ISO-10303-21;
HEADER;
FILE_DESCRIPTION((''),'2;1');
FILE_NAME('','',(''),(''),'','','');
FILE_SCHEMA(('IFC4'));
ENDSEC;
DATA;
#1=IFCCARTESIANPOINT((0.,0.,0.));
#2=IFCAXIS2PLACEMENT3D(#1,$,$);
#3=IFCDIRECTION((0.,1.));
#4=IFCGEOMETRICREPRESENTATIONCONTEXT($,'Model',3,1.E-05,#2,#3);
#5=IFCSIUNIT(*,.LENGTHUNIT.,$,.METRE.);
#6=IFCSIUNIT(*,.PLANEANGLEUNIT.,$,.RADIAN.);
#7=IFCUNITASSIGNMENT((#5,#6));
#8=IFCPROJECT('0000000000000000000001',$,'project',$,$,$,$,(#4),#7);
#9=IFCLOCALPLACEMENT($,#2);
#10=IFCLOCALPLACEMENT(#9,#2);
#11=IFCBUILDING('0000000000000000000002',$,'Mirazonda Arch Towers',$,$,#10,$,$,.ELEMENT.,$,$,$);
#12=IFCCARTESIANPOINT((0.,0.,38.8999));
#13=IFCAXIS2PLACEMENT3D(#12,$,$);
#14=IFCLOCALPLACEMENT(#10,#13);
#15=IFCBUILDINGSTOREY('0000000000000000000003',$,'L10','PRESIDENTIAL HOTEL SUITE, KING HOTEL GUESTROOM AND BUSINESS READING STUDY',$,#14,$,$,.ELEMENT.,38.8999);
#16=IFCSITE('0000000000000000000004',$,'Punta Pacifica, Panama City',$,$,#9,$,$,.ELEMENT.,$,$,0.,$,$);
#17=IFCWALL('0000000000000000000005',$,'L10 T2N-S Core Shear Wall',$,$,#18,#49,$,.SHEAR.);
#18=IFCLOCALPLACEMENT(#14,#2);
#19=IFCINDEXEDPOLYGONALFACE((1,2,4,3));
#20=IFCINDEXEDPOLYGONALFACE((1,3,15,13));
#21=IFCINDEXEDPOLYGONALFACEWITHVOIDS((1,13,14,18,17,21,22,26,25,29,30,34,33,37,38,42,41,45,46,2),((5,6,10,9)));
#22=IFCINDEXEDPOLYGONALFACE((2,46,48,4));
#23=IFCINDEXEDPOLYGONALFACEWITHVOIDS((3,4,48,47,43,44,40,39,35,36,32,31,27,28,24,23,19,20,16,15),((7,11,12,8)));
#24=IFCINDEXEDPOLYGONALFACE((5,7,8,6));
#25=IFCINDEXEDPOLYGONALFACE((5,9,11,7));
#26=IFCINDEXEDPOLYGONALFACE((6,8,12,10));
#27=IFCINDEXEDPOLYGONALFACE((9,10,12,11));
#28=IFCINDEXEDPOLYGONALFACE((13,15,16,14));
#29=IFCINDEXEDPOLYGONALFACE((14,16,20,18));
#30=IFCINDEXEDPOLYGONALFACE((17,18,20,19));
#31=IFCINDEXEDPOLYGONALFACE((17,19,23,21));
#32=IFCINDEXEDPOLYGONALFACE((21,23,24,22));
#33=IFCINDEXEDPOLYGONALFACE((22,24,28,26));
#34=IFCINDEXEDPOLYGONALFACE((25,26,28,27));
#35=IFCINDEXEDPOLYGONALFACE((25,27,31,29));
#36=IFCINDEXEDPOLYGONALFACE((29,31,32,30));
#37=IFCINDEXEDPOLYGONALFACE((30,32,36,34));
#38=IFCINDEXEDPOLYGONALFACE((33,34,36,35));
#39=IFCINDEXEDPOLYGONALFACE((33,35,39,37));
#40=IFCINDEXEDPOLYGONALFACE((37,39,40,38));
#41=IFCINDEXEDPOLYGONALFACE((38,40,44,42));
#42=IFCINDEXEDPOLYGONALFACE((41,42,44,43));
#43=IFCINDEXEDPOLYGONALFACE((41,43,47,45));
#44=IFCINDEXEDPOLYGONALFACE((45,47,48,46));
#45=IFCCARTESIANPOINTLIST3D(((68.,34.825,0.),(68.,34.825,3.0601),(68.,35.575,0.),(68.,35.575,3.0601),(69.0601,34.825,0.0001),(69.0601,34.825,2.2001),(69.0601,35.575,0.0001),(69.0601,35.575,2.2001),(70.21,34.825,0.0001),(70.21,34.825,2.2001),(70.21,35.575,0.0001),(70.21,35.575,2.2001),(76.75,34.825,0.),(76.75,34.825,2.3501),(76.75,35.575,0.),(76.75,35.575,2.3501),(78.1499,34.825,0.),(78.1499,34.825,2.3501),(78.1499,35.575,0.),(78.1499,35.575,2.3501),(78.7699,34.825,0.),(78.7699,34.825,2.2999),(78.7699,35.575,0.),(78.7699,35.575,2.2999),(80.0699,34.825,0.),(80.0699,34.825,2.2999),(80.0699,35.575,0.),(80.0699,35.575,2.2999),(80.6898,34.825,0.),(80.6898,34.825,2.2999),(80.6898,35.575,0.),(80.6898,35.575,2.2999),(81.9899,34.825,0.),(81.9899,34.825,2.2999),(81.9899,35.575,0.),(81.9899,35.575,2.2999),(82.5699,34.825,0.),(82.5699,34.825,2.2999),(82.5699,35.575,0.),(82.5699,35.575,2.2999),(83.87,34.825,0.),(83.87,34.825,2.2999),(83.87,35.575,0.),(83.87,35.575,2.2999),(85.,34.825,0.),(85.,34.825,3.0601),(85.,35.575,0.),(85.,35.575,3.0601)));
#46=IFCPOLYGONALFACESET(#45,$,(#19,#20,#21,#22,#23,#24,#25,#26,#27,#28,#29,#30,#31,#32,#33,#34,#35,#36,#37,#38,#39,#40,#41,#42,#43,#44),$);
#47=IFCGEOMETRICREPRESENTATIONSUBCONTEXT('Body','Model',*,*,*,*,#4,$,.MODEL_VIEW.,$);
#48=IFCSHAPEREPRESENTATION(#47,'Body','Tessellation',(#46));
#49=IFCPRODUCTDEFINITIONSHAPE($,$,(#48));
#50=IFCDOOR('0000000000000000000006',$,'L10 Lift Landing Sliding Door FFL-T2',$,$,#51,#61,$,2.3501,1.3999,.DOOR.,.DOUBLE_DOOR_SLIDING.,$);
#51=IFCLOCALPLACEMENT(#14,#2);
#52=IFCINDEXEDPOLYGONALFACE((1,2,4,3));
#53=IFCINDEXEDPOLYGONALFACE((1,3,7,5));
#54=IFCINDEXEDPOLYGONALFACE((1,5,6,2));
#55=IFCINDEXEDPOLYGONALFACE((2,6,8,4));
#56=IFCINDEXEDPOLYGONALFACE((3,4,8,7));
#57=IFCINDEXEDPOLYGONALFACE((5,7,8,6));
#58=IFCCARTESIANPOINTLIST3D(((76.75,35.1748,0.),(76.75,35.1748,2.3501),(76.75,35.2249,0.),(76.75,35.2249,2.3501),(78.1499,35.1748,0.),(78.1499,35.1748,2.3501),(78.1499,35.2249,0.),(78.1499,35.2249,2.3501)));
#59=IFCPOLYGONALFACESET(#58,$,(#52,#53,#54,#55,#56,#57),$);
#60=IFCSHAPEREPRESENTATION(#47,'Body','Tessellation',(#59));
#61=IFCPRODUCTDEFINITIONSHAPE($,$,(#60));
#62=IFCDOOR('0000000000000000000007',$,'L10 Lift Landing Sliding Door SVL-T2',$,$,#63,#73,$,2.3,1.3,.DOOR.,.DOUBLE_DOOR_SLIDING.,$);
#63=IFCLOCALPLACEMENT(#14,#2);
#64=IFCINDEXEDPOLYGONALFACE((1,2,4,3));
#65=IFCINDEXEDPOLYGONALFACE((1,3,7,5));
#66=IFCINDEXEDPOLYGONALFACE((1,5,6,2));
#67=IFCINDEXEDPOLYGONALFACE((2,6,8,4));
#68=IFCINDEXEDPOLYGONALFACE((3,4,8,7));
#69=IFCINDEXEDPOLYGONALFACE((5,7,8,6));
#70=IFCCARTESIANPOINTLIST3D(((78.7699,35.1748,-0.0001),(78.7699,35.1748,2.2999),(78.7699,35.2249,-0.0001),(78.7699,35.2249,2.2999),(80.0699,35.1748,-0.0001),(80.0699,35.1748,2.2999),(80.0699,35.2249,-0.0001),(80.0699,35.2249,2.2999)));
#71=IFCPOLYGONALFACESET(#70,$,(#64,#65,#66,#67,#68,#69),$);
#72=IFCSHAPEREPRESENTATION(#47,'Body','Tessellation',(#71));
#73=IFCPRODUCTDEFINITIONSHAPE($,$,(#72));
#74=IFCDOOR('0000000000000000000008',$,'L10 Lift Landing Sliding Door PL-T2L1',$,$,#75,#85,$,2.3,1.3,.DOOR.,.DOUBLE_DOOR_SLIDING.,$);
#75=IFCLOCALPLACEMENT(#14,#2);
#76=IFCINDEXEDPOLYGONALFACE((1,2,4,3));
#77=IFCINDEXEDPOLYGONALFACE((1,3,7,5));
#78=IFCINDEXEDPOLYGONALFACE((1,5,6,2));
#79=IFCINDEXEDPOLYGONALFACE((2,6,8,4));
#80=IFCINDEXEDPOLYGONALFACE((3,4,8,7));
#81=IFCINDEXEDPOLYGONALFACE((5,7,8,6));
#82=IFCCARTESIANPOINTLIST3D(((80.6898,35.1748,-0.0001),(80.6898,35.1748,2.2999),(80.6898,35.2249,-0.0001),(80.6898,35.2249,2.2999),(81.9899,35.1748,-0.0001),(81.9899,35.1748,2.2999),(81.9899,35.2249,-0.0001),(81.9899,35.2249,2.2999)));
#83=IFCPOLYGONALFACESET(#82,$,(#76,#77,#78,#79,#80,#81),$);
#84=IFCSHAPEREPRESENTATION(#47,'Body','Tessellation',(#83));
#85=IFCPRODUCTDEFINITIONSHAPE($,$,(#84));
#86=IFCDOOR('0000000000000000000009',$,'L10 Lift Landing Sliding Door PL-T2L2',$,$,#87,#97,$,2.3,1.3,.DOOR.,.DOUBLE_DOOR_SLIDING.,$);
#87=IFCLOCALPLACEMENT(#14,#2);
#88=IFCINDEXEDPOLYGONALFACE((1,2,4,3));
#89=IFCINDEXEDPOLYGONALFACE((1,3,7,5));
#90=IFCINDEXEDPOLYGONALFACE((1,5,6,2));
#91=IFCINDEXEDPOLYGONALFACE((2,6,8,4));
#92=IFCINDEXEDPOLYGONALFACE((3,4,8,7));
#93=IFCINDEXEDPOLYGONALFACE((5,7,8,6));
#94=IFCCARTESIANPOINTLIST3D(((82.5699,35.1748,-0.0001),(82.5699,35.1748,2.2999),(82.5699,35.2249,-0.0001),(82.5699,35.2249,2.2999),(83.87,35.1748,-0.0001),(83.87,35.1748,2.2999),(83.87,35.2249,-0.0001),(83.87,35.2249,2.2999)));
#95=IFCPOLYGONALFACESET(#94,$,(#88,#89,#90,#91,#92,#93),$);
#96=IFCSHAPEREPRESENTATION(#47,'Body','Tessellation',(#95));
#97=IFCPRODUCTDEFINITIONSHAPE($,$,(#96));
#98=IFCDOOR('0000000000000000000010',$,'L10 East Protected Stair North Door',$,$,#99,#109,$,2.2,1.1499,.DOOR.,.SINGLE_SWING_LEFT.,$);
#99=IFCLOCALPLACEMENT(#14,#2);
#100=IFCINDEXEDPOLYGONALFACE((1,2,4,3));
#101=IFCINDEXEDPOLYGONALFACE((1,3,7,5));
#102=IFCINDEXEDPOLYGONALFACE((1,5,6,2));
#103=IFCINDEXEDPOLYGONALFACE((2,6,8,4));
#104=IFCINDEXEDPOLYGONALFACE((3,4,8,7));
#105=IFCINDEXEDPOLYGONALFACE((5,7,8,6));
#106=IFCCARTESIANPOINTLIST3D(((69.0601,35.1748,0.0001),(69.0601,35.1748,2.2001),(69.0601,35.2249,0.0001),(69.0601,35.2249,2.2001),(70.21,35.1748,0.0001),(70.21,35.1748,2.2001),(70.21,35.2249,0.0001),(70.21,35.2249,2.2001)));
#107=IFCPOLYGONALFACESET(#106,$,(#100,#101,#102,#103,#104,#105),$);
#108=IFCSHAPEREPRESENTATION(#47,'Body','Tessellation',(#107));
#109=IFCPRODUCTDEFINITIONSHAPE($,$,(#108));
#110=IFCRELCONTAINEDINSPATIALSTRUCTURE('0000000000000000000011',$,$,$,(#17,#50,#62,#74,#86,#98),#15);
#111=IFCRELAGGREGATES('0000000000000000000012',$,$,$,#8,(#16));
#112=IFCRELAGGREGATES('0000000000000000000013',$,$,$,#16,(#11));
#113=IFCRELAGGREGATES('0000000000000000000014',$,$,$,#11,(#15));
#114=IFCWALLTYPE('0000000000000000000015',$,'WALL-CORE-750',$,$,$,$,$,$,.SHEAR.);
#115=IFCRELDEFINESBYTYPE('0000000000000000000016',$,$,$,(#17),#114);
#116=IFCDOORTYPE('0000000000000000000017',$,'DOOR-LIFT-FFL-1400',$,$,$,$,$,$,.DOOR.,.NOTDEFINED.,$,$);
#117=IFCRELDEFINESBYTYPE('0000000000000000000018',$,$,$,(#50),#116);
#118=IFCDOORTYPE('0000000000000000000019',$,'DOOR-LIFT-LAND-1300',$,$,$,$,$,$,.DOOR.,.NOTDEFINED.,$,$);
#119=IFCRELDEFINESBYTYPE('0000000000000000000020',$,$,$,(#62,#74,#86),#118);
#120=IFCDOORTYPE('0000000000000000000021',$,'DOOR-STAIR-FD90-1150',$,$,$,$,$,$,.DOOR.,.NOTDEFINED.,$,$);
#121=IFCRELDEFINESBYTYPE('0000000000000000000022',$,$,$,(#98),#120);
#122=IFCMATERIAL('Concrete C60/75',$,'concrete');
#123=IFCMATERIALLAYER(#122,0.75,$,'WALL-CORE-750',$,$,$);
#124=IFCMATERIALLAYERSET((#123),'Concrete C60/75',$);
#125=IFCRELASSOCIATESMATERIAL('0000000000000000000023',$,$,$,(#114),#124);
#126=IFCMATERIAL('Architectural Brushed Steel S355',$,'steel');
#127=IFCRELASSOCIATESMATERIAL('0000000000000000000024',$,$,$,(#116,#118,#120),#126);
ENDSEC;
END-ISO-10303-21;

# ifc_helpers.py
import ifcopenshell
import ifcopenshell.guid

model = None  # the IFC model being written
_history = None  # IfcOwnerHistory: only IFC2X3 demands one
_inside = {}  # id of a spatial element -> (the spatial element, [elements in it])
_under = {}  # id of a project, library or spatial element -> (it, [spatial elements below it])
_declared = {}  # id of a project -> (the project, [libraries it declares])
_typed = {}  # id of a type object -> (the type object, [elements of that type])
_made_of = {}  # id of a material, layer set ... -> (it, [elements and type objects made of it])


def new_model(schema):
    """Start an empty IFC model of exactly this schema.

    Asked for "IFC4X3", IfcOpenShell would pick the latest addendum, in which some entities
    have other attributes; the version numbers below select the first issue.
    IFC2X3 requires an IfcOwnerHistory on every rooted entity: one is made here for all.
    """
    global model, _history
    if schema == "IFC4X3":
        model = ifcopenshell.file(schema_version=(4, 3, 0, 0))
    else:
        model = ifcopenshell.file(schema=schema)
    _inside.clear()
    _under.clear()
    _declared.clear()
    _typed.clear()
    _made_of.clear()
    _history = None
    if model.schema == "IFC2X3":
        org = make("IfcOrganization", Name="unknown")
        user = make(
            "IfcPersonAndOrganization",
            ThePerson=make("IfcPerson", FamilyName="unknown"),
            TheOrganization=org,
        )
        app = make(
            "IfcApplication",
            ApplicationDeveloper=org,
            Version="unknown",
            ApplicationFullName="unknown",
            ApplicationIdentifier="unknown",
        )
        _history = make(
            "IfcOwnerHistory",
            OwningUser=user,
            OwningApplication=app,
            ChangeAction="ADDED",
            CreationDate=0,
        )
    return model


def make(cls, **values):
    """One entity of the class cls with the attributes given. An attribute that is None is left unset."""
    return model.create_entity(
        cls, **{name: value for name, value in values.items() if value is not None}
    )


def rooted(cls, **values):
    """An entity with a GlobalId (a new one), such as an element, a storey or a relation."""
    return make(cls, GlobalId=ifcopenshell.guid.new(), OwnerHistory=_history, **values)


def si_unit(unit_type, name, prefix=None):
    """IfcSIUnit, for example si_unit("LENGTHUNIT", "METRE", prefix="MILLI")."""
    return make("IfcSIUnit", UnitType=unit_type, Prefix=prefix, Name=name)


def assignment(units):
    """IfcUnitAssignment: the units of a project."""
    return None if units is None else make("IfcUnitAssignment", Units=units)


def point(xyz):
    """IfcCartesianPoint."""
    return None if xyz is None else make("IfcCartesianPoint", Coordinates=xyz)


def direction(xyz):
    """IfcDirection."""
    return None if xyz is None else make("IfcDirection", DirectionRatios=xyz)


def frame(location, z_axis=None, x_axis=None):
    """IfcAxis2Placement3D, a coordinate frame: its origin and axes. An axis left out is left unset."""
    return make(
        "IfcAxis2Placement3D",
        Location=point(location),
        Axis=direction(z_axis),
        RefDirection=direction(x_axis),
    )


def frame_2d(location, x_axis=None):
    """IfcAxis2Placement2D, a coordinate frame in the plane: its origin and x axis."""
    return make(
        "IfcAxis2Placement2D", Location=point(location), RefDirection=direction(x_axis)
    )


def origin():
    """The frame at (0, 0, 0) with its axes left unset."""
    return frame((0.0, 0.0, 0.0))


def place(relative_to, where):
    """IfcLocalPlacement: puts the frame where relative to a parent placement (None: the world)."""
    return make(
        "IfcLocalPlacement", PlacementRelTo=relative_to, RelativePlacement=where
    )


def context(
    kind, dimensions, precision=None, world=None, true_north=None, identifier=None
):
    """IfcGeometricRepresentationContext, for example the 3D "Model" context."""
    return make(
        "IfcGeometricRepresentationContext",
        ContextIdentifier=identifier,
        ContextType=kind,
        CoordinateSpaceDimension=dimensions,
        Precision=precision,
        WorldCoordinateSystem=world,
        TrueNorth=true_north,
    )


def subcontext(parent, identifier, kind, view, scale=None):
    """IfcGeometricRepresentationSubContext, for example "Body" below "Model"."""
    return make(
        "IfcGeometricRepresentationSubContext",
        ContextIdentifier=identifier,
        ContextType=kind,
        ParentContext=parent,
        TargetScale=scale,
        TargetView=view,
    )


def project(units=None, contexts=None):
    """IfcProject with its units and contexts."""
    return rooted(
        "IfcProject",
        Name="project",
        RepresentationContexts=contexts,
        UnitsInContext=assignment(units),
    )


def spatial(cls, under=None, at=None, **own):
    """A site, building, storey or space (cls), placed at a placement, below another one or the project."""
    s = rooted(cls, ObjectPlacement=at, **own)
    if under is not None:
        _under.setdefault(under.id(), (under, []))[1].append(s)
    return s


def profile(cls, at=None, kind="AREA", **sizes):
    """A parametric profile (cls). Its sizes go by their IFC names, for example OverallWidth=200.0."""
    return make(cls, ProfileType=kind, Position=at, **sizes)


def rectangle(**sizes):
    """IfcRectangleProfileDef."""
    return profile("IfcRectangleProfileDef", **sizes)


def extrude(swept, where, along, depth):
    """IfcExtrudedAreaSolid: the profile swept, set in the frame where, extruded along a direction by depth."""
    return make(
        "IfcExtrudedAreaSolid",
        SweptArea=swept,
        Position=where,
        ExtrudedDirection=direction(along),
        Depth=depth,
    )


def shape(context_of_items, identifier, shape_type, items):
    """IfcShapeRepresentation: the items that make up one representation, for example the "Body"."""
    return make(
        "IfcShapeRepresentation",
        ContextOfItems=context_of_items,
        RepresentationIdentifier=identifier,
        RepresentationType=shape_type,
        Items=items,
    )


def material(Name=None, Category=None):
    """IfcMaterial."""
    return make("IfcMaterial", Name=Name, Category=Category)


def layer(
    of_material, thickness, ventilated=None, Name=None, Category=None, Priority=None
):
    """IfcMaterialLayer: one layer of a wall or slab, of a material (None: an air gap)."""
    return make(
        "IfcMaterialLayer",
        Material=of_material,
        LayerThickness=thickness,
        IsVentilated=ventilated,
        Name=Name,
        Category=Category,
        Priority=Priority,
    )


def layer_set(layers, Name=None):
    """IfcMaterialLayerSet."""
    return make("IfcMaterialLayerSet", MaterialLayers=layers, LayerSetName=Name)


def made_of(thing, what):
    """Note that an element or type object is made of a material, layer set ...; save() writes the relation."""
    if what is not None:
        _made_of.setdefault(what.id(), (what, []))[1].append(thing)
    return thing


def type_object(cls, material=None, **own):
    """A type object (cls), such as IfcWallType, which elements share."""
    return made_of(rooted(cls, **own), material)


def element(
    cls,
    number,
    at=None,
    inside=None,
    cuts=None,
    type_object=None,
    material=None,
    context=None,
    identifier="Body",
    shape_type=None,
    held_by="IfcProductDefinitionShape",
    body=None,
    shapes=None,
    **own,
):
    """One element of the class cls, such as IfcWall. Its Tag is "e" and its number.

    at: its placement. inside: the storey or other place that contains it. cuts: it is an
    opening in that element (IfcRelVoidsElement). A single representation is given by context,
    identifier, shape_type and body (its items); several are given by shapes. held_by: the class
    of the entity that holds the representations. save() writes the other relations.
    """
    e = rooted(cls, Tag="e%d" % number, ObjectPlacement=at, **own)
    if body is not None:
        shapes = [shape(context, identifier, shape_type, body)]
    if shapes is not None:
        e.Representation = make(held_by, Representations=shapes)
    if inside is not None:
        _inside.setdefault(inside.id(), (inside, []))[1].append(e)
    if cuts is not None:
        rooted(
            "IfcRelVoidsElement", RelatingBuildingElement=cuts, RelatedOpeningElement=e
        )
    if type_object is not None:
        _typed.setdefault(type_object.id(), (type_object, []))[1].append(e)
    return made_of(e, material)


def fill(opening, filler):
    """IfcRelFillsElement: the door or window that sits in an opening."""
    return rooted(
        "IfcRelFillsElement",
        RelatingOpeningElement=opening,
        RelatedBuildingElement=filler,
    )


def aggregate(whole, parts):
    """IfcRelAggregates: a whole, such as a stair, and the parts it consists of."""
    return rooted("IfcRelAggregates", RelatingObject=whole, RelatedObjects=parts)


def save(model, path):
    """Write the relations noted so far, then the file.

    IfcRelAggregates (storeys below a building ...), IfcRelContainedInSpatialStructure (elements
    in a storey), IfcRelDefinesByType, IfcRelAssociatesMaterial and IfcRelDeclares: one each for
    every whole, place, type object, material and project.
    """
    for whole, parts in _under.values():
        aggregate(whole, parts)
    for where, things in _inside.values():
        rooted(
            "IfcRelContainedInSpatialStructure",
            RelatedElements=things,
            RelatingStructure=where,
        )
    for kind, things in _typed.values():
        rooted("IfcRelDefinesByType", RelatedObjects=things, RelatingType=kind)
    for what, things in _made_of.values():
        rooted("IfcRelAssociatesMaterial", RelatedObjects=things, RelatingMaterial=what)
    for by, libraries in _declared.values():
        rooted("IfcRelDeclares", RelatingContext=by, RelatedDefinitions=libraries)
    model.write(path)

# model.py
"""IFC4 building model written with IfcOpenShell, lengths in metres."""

from ifc_helpers import new_model, si_unit, direction, frame, frame_2d, origin, place, context, subcontext, project, spatial, rectangle, extrude, material, layer, layer_set, type_object, element, fill, save


model = new_model("IFC4")

# Units and contexts
model_context = context("Model", 3, precision=1e-05, world=origin(), true_north=direction((0.0, 1.0)))
body_context = subcontext(model_context, "Body", "Model", "MODEL_VIEW")
ifc_project = project(units=[si_unit("LENGTHUNIT", "METRE"), si_unit("PLANEANGLEUNIT", "RADIAN")], contexts=[model_context])

# Site, building, storey
site_placement = place(None, origin())
site = spatial("IfcSite", under=ifc_project, at=site_placement, Name="Punta Pacifica, Panama City", CompositionType="ELEMENT", RefElevation=0.0)
building_placement = place(site_placement, origin())
building = spatial("IfcBuilding", under=site, at=building_placement, Name="Mirazonda Arch Towers", CompositionType="ELEMENT")
storey_placement = place(building_placement, frame((0.0, 0.0, 38.8999)))
storey = spatial("IfcBuildingStorey", under=building, at=storey_placement, Name="L10", Description="PRESIDENTIAL HOTEL SUITE, KING HOTEL GUESTROOM AND BUSINESS READING STUDY", CompositionType="ELEMENT", Elevation=38.8999)

# Shared definitions
ifc_material_1 = material(Name="Concrete C60/75", Category="concrete")

# Shared definitions
ifc_layer_1 = layer(ifc_material_1, 0.75, Name="WALL-CORE-750")
ifc_layer_set_1 = layer_set([ifc_layer_1], Name="Concrete C60/75")
wall_type_1 = type_object("IfcWallType", Name="WALL-CORE-750", PredefinedType="SHEAR", material=ifc_layer_set_1)

# Wall, openings, doors
wall_1_placement = place(storey_placement, frame((68.0, 35.2, 0.0), z_axis=(0.0, 0.0, 1.0), x_axis=(1.0, 0.0, 0.0)))
wall_1 = element("IfcWall", 1, at=wall_1_placement, inside=storey, type_object=wall_type_1, Name="L10 T2N-S Core Shear Wall", PredefinedType="SHEAR", context=body_context, shape_type="SweptSolid", body=[
    extrude(rectangle(XDim=17.0, YDim=0.75, at=frame_2d((8.5, 0.0))), origin(), (0.0, 0.0, 1.0), 3.0601),
])
opening_1_placement = place(wall_1_placement, frame((1.0601, 0.0, 0.0)))
opening_1 = element("IfcOpeningElement", 2, at=opening_1_placement, cuts=wall_1, PredefinedType="OPENING", context=body_context, shape_type="SweptSolid", body=[
    extrude(rectangle(XDim=1.1499, YDim=2.2, at=frame_2d((0.575, 1.1001))), frame((0.0, 0.385, 0.0), z_axis=(0.0, -1.0, 0.0), x_axis=(1.0, 0.0, 0.0)), (0.0, 0.0, 1.0), 0.77),
])
opening_2_placement = place(wall_1_placement, frame((8.75, 0.0, 0.0)))
opening_2 = element("IfcOpeningElement", 3, at=opening_2_placement, cuts=wall_1, PredefinedType="OPENING", context=body_context, shape_type="SweptSolid", body=[
    extrude(rectangle(XDim=1.3999, YDim=2.3501, at=frame_2d((0.7, 1.175))), frame((0.0, 0.385, 0.0), z_axis=(0.0, -1.0, 0.0), x_axis=(1.0, 0.0, 0.0)), (0.0, 0.0, 1.0), 0.77),
])
opening_3_placement = place(wall_1_placement, frame((10.77, 0.0, 0.0)))
opening_3 = element("IfcOpeningElement", 4, at=opening_3_placement, cuts=wall_1, PredefinedType="OPENING", context=body_context, shape_type="SweptSolid", body=[
    extrude(rectangle(XDim=1.3, YDim=2.3, at=frame_2d((0.6499, 1.1499))), frame((0.0, 0.385, 0.0), z_axis=(0.0, -1.0, 0.0), x_axis=(1.0, 0.0, 0.0)), (0.0, 0.0, 1.0), 0.77),
])
opening_4_placement = place(wall_1_placement, frame((12.6899, 0.0, 0.0)))
opening_4 = element("IfcOpeningElement", 5, at=opening_4_placement, cuts=wall_1, PredefinedType="OPENING", context=body_context, shape_type="SweptSolid", body=[
    extrude(rectangle(XDim=1.3, YDim=2.3, at=frame_2d((0.6499, 1.1499))), frame((0.0, 0.385, 0.0), z_axis=(0.0, -1.0, 0.0), x_axis=(1.0, 0.0, 0.0)), (0.0, 0.0, 1.0), 0.77),
])
opening_5_placement = place(wall_1_placement, frame((14.5701, 0.0, 0.0)))
opening_5 = element("IfcOpeningElement", 6, at=opening_5_placement, cuts=wall_1, PredefinedType="OPENING", context=body_context, shape_type="SweptSolid", body=[
    extrude(rectangle(XDim=1.3, YDim=2.3, at=frame_2d((0.6499, 1.1499))), frame((0.0, 0.385, 0.0), z_axis=(0.0, -1.0, 0.0), x_axis=(1.0, 0.0, 0.0)), (0.0, 0.0, 1.0), 0.77),
])
ifc_material_2 = material(Name="Architectural Brushed Steel S355", Category="steel")
door_type_1 = type_object("IfcDoorType", Name="DOOR-LIFT-FFL-1400", OperationType="NOTDEFINED", PredefinedType="DOOR", material=ifc_material_2)
door_1_placement = place(opening_2_placement, origin())
door_1 = element("IfcDoor", 7, at=door_1_placement, inside=storey, type_object=door_type_1, Name="L10 Lift Landing Sliding Door FFL-T2", OperationType="DOUBLE_DOOR_SLIDING", OverallHeight=2.3501, OverallWidth=1.3999, PredefinedType="DOOR", context=body_context, shape_type="SweptSolid", body=[
    extrude(rectangle(XDim=1.3999, YDim=2.3501, at=frame_2d((0.7, 1.175))), frame((0.0, 0.0249, 0.0), z_axis=(0.0, -1.0, 0.0), x_axis=(1.0, 0.0, 0.0)), (0.0, 0.0, 1.0), 0.05),
])
fill(opening_2, door_1)
door_type_2 = type_object("IfcDoorType", Name="DOOR-LIFT-LAND-1300", OperationType="NOTDEFINED", PredefinedType="DOOR", material=ifc_material_2)
door_2_placement = place(opening_3_placement, origin())
door_2 = element("IfcDoor", 8, at=door_2_placement, inside=storey, type_object=door_type_2, Name="L10 Lift Landing Sliding Door SVL-T2", OperationType="DOUBLE_DOOR_SLIDING", OverallHeight=2.3, OverallWidth=1.3, PredefinedType="DOOR", context=body_context, shape_type="SweptSolid", body=[
    extrude(rectangle(XDim=1.3, YDim=2.3, at=frame_2d((0.6499, 1.1499))), frame((0.0, 0.0249, 0.0), z_axis=(0.0, -1.0, 0.0), x_axis=(1.0, 0.0, 0.0)), (0.0, 0.0, 1.0), 0.05),
])
fill(opening_3, door_2)
door_3_placement = place(opening_4_placement, origin())
door_3 = element("IfcDoor", 9, at=door_3_placement, inside=storey, type_object=door_type_2, Name="L10 Lift Landing Sliding Door PL-T2L1", OperationType="DOUBLE_DOOR_SLIDING", OverallHeight=2.3, OverallWidth=1.3, PredefinedType="DOOR", context=body_context, shape_type="SweptSolid", body=[
    extrude(rectangle(XDim=1.3, YDim=2.3, at=frame_2d((0.6499, 1.1499))), frame((0.0, 0.0249, 0.0), z_axis=(0.0, -1.0, 0.0), x_axis=(1.0, 0.0, 0.0)), (0.0, 0.0, 1.0), 0.05),
])
fill(opening_4, door_3)
door_4_placement = place(opening_5_placement, origin())
door_4 = element("IfcDoor", 10, at=door_4_placement, inside=storey, type_object=door_type_2, Name="L10 Lift Landing Sliding Door PL-T2L2", OperationType="DOUBLE_DOOR_SLIDING", OverallHeight=2.3, OverallWidth=1.3, PredefinedType="DOOR", context=body_context, shape_type="SweptSolid", body=[
    extrude(rectangle(XDim=1.3, YDim=2.3, at=frame_2d((0.6499, 1.1499))), frame((0.0, 0.0249, 0.0), z_axis=(0.0, -1.0, 0.0), x_axis=(1.0, 0.0, 0.0)), (0.0, 0.0, 1.0), 0.05),
])
fill(opening_5, door_4)
door_type_3 = type_object("IfcDoorType", Name="DOOR-STAIR-FD90-1150", OperationType="NOTDEFINED", PredefinedType="DOOR", material=ifc_material_2)
door_5_placement = place(opening_1_placement, origin())
door_5 = element("IfcDoor", 11, at=door_5_placement, inside=storey, type_object=door_type_3, Name="L10 East Protected Stair North Door", OperationType="SINGLE_SWING_LEFT", OverallHeight=2.2, OverallWidth=1.1499, PredefinedType="DOOR", context=body_context, shape_type="SweptSolid", body=[
    extrude(rectangle(XDim=1.1499, YDim=2.2, at=frame_2d((0.575, 1.1001))), frame((0.0, 0.0249, 0.0), z_axis=(0.0, -1.0, 0.0), x_axis=(1.0, 0.0, 0.0)), (0.0, 0.0, 1.0), 0.05),
])
fill(opening_1, door_5)

save(model, "model.ifc")
